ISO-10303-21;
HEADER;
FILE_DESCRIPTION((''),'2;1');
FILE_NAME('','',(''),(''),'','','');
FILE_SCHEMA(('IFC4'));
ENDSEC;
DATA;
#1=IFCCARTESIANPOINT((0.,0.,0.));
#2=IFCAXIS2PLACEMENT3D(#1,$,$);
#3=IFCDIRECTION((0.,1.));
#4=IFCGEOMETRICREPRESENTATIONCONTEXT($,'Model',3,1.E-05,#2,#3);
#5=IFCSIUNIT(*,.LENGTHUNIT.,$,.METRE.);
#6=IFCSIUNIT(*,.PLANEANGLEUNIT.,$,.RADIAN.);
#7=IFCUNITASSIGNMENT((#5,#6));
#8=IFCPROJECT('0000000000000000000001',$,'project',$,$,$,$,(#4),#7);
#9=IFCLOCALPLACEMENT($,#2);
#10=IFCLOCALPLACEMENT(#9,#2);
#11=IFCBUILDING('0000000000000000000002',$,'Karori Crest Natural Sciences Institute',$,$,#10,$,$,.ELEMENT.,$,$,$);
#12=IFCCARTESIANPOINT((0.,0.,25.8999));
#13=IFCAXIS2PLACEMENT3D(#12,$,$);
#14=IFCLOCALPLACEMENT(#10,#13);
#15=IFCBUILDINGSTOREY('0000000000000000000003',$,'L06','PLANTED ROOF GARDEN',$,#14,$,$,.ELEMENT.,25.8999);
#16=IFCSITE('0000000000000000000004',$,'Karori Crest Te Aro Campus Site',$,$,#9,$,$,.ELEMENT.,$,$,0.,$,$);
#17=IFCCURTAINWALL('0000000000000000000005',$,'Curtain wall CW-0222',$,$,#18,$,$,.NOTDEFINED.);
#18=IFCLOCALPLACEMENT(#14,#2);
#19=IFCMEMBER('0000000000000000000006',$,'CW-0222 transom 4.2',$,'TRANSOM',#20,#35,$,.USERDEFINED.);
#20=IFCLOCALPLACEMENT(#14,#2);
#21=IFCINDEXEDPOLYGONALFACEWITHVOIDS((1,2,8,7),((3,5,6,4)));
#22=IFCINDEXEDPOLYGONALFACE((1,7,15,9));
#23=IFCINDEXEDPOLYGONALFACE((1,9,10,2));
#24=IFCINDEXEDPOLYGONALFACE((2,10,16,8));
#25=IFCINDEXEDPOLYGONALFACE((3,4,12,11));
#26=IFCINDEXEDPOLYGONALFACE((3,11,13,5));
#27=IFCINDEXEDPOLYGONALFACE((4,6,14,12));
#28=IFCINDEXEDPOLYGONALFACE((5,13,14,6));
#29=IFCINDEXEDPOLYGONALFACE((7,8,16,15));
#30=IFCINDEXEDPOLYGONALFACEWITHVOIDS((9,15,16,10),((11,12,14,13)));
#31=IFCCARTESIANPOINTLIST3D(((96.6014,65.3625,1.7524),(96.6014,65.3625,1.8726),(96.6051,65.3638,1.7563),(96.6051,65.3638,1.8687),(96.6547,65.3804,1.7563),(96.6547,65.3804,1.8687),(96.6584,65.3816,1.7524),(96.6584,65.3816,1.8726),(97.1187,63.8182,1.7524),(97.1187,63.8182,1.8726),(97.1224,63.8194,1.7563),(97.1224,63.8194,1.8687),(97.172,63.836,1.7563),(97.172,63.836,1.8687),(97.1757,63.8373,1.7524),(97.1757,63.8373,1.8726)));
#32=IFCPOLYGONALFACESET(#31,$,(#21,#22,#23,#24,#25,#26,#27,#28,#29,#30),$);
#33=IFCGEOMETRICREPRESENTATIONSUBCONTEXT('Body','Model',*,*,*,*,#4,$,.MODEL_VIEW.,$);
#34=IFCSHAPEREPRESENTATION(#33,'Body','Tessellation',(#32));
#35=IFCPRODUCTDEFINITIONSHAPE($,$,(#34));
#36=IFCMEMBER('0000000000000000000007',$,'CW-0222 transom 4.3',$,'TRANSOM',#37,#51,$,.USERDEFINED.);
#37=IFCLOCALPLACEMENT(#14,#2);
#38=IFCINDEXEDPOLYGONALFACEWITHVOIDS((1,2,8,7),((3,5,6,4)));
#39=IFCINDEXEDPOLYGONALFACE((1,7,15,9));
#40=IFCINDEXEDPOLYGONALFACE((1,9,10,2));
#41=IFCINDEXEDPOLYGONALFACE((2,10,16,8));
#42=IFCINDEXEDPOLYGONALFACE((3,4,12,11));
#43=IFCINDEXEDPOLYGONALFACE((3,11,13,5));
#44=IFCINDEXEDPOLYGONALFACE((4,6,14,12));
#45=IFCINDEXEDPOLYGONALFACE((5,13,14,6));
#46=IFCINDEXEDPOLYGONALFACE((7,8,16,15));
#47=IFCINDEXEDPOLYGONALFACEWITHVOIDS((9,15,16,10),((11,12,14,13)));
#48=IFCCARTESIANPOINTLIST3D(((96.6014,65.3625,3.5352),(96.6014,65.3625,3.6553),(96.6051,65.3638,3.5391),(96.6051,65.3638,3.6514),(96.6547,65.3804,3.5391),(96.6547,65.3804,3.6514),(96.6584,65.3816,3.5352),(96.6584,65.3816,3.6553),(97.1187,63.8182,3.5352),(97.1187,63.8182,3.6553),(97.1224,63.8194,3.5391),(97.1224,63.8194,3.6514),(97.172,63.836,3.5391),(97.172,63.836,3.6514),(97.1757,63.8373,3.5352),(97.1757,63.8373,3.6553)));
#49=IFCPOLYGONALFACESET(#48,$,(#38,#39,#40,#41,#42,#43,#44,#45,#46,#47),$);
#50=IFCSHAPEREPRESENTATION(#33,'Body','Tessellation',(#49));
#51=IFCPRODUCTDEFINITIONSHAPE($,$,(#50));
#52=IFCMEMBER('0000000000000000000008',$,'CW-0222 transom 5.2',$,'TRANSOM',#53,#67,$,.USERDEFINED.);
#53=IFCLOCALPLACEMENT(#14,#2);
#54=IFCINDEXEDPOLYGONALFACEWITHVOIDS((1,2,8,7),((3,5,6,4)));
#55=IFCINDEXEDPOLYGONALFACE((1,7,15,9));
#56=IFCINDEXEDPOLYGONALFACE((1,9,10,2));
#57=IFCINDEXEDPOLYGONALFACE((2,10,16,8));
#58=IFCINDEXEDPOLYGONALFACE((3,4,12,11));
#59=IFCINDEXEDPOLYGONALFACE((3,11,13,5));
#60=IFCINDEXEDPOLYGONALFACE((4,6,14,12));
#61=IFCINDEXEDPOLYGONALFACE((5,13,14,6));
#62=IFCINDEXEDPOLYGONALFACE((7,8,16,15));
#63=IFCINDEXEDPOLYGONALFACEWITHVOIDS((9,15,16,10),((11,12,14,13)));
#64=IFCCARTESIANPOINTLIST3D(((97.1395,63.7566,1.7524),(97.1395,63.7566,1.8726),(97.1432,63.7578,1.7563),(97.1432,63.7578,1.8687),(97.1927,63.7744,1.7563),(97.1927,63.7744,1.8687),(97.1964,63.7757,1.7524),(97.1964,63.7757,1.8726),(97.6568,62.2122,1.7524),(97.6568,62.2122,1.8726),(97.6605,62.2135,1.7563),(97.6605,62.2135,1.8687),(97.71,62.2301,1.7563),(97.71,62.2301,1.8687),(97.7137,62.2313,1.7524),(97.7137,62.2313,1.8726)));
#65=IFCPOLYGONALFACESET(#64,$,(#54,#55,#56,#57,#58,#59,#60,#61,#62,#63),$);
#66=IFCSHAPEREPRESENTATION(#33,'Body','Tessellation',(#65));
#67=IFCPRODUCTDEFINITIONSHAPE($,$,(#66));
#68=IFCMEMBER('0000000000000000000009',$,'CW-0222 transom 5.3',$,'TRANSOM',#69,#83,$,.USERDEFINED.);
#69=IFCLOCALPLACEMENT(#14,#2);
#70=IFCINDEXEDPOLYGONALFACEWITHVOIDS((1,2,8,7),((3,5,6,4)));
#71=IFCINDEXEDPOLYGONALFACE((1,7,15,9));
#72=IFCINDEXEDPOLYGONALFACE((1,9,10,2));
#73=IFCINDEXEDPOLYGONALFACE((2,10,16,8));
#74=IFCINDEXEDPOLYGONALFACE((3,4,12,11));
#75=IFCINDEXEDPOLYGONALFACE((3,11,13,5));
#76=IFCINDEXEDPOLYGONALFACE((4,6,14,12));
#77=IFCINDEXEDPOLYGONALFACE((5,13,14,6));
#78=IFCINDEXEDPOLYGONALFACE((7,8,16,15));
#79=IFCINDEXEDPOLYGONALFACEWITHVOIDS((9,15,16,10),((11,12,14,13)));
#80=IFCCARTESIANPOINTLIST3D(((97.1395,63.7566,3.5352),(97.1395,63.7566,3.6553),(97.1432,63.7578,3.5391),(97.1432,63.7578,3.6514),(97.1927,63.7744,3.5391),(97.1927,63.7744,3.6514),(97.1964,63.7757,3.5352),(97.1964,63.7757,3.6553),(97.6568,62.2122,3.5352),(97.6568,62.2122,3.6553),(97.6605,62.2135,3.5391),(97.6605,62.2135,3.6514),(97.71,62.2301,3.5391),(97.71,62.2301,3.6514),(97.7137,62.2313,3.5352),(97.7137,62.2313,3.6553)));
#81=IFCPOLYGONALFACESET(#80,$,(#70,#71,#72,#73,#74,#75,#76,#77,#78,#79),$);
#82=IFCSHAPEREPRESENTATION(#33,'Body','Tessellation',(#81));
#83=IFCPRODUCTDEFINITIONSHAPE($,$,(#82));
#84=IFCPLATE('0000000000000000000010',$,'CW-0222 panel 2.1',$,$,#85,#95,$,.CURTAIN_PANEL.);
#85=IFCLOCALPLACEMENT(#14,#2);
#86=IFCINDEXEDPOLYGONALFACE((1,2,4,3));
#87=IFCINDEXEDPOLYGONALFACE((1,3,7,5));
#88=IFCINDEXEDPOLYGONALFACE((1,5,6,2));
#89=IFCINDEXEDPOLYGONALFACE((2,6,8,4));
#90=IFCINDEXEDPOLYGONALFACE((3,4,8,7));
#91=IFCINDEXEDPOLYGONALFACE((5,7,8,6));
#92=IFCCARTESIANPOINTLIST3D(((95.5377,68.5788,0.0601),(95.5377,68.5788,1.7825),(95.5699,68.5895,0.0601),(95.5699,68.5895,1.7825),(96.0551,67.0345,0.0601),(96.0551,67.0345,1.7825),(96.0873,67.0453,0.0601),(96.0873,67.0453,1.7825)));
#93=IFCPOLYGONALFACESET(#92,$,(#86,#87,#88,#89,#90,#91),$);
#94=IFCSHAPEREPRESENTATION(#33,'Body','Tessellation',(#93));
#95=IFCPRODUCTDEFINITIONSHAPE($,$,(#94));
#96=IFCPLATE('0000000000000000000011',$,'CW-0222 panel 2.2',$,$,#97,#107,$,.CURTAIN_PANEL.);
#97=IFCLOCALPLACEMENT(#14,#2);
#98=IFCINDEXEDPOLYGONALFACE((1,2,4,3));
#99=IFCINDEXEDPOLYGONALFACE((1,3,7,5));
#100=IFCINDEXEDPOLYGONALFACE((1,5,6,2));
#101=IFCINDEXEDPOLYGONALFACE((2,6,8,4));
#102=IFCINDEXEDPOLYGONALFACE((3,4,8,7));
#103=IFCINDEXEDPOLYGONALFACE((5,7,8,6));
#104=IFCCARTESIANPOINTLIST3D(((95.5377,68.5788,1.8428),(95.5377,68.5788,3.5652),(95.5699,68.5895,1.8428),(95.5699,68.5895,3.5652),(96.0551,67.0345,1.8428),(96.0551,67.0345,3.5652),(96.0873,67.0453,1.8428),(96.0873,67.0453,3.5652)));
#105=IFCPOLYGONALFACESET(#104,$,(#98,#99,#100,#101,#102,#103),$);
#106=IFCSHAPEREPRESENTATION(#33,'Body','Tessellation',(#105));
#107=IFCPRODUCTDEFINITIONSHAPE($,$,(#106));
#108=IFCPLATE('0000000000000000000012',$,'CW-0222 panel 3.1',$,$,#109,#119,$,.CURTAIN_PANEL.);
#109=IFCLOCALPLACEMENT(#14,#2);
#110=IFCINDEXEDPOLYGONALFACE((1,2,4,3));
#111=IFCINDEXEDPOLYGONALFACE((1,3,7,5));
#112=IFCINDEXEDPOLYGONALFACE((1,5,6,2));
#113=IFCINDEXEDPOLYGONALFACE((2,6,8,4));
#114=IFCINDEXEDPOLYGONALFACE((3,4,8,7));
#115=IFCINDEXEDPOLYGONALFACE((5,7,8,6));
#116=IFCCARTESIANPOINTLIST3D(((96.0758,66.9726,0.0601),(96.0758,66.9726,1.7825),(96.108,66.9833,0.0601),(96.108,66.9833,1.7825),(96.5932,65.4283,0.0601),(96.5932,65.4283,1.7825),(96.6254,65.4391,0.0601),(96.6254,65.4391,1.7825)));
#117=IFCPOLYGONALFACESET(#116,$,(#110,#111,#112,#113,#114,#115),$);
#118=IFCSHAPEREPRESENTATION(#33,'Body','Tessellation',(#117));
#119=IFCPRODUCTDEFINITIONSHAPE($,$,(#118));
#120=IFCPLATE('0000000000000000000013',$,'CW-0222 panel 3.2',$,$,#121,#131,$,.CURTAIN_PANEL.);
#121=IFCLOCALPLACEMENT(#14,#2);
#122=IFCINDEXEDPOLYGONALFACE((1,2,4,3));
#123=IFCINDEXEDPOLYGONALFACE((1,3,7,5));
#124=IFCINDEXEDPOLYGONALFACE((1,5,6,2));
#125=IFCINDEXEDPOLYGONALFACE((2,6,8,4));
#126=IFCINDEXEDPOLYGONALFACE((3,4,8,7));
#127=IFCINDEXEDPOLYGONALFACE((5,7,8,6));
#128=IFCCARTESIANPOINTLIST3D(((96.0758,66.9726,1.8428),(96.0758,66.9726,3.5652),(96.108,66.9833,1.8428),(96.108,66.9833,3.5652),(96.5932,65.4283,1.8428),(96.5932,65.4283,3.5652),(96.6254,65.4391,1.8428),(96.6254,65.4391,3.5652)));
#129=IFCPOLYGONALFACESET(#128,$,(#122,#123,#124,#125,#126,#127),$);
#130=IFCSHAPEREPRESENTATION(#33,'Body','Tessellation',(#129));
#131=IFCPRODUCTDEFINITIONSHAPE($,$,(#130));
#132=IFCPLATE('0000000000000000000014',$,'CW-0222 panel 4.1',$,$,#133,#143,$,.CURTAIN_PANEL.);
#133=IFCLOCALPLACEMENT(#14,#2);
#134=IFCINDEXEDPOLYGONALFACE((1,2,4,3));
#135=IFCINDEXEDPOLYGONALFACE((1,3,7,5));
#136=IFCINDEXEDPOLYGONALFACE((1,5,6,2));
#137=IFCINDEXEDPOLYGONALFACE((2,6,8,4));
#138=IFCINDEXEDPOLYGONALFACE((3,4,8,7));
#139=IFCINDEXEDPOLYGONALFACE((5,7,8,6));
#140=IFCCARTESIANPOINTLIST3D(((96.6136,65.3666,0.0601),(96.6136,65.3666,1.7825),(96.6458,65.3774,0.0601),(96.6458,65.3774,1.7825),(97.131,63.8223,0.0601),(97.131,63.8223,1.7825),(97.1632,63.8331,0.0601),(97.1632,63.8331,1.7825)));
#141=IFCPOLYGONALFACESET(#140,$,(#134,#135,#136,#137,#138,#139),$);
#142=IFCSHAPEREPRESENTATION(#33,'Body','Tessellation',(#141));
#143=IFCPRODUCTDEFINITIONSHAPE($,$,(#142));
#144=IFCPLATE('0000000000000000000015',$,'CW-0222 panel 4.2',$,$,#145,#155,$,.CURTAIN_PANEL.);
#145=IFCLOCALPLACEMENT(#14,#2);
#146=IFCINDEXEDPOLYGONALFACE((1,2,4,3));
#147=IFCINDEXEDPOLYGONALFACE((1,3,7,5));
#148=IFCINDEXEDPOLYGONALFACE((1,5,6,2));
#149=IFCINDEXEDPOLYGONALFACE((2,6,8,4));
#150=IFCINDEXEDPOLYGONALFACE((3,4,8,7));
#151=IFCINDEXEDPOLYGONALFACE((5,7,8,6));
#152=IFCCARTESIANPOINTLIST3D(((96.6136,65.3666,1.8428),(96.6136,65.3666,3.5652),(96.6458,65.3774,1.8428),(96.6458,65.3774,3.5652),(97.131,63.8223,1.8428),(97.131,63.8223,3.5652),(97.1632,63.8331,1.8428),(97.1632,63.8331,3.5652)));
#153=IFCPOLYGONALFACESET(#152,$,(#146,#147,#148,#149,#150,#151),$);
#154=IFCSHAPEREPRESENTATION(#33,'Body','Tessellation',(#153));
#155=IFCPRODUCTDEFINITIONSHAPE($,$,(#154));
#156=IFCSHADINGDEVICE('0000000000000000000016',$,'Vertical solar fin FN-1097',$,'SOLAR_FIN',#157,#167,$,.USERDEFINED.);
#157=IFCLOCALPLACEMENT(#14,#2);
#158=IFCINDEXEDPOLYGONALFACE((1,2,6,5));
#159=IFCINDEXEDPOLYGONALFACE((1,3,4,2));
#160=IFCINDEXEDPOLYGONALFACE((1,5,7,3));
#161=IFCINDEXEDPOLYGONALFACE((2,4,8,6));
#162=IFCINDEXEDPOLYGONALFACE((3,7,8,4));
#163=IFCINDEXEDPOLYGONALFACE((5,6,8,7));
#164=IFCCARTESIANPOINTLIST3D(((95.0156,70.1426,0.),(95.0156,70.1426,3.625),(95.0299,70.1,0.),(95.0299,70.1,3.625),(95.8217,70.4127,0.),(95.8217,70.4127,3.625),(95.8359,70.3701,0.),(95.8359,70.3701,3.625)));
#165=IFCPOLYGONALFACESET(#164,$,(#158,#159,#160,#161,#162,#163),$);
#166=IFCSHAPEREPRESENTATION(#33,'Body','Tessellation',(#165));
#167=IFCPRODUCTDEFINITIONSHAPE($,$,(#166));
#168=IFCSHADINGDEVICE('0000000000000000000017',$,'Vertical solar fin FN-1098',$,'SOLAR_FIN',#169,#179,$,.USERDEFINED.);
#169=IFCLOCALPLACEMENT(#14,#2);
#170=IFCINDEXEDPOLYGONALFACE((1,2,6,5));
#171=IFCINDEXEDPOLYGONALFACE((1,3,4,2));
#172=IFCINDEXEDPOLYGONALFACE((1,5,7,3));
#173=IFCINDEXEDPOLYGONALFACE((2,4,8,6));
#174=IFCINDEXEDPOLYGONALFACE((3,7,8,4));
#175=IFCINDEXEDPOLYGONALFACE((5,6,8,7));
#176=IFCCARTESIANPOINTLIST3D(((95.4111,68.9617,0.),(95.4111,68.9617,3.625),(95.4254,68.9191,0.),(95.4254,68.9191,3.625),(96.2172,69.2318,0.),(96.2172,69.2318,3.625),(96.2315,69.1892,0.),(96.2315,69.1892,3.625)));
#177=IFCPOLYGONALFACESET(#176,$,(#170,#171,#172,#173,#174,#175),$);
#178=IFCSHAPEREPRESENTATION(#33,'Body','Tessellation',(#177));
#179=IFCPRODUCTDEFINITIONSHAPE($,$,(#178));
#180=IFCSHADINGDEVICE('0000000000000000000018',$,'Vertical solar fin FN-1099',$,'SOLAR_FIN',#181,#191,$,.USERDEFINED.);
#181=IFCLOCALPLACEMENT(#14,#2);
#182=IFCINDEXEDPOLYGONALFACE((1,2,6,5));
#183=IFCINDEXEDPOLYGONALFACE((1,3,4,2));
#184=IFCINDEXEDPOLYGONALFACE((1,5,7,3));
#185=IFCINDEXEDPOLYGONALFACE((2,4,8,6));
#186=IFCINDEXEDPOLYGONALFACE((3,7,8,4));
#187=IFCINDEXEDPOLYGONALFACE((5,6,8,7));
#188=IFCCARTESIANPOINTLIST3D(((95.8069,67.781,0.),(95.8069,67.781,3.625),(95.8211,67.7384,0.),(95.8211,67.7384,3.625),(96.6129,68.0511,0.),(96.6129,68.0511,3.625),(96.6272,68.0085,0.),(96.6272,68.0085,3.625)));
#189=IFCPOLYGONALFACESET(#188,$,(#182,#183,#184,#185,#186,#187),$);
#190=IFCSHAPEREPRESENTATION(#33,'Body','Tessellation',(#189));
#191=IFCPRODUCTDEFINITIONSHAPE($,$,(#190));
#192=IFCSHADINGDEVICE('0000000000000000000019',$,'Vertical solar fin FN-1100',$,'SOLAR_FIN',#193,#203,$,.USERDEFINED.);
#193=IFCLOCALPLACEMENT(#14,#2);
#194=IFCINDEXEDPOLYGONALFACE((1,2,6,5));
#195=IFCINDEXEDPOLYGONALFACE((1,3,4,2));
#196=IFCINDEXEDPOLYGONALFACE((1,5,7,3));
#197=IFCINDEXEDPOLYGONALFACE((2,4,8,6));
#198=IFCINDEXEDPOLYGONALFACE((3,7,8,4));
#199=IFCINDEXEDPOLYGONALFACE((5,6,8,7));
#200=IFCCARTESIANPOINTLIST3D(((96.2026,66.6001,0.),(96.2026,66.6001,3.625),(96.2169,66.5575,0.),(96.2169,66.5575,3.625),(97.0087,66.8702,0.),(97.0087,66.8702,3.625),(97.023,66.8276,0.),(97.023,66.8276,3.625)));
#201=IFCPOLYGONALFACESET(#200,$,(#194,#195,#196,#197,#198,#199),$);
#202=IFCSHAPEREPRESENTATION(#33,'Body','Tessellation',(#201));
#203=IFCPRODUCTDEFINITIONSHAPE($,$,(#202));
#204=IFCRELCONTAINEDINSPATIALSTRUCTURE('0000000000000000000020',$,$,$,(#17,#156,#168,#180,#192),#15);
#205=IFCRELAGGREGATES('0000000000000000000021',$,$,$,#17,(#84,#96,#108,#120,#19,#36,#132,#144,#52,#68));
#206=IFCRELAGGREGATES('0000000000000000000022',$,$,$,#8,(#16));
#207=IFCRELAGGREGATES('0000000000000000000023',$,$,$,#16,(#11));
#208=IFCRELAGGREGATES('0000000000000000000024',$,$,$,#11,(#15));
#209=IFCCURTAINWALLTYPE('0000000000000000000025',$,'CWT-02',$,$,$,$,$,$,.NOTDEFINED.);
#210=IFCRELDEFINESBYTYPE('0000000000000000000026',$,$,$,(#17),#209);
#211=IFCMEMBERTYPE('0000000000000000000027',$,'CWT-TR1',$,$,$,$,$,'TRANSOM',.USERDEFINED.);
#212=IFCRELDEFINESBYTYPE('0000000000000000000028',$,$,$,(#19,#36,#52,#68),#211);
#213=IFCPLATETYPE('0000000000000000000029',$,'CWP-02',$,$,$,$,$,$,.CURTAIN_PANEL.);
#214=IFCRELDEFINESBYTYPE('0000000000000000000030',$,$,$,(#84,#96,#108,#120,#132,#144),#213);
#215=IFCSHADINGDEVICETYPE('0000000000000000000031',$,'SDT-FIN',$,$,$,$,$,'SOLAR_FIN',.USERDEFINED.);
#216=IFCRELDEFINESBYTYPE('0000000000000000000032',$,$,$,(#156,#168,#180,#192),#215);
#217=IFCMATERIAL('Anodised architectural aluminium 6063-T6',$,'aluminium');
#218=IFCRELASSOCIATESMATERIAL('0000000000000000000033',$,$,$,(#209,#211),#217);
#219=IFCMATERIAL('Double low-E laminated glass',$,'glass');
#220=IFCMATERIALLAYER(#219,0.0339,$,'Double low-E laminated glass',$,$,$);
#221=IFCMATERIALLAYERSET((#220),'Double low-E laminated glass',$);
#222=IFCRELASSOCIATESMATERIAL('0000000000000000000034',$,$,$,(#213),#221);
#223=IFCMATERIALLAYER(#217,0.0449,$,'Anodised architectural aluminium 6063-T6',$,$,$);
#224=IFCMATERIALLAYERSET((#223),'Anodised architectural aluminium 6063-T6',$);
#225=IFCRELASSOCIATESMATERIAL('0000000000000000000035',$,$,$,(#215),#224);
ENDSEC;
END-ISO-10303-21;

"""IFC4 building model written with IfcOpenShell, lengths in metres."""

from ifc_helpers import new_model, si_unit, direction, frame, origin, origin_2d, place, context, subcontext, project, spatial, rectangle, hollow_rectangle, extrude, material, layer, layer_set, material_profile, profile_set, type_object, element, aggregate, save


model = new_model("IFC4")

# Units and contexts
model_context = context("Model", 3, precision=1e-05, world=origin(), true_north=direction((0.0, 1.0)))
body_context = subcontext(model_context, "Body", "Model", "MODEL_VIEW")
ifc_project = project(units=[si_unit("LENGTHUNIT", "METRE"), si_unit("PLANEANGLEUNIT", "RADIAN")], contexts=[model_context])

# Site, building, storey
site_placement = place(None, origin())
site = spatial("IfcSite", under=ifc_project, at=site_placement, Name="Karori Crest Te Aro Campus Site", CompositionType="ELEMENT", RefElevation=0.0)
building_placement = place(site_placement, origin())
building = spatial("IfcBuilding", under=site, at=building_placement, Name="Karori Crest Natural Sciences Institute", CompositionType="ELEMENT")
storey_placement = place(building_placement, frame((0.0, 0.0, 25.8999)))
storey = spatial("IfcBuildingStorey", under=building, at=storey_placement, Name="L06", Description="PLANTED ROOF GARDEN", CompositionType="ELEMENT", Elevation=25.8999)

# Curtain wall, members, plates
ifc_material_1 = material(Name="Anodised architectural aluminium 6063-T6", Category="aluminium")
curtain_wall_type = type_object("IfcCurtainWallType", Name="CWT-02", PredefinedType="NOTDEFINED", material=ifc_material_1)
curtain_wall_placement = place(storey_placement, origin())
curtain_wall = element("IfcCurtainWall", 1, at=curtain_wall_placement, inside=storey, type_object=curtain_wall_type, Name="Curtain wall CW-0222", PredefinedType="NOTDEFINED")
ifc_material_profile_1 = material_profile(ifc_material_1, hollow_rectangle(XDim=0.0601, YDim=0.1201, WallThickness=0.0039, at=origin_2d()), Name="CWT120x60x4")
ifc_profile_set_1 = profile_set([ifc_material_profile_1], Name="Anodised architectural aluminium 6063-T6")
member_type_1 = type_object("IfcMemberType", Name="CWT-TR1", ElementType="TRANSOM", PredefinedType="USERDEFINED", material=ifc_profile_set_1)
member_1_placement = place(storey_placement, frame((96.6299, 65.3721, 1.8125), z_axis=(0.317621, -0.948218, 0.0), x_axis=(0.948218, 0.317621, 0.0)))
member_1 = element("IfcMember", 2, at=member_1_placement, type_object=member_type_1, Name="CW-0222 transom 4.2", ObjectType="TRANSOM", PredefinedType="USERDEFINED", context=body_context, shape_type="SweptSolid", body=[
    extrude(hollow_rectangle(XDim=0.0601, YDim=0.1201, WallThickness=0.0039, at=origin_2d()), origin(), (0.0, 0.0, 1.0), 1.6287),
])
member_2_placement = place(storey_placement, frame((96.6299, 65.3721, 3.5952), z_axis=(0.317621, -0.948218, 0.0), x_axis=(0.948218, 0.317621, 0.0)))
member_2 = element("IfcMember", 3, at=member_2_placement, type_object=member_type_1, Name="CW-0222 transom 4.3", ObjectType="TRANSOM", PredefinedType="USERDEFINED", context=body_context, shape_type="SweptSolid", body=[
    extrude(hollow_rectangle(XDim=0.0601, YDim=0.1201, WallThickness=0.0039, at=origin_2d()), origin(), (0.0, 0.0, 1.0), 1.6287),
])
member_3_placement = place(storey_placement, frame((97.168, 63.7661, 1.8125), z_axis=(0.317621, -0.948218, 0.0), x_axis=(0.948218, 0.317621, 0.0)))
member_3 = element("IfcMember", 4, at=member_3_placement, type_object=member_type_1, Name="CW-0222 transom 5.2", ObjectType="TRANSOM", PredefinedType="USERDEFINED", context=body_context, shape_type="SweptSolid", body=[
    extrude(hollow_rectangle(XDim=0.0601, YDim=0.1201, WallThickness=0.0039, at=origin_2d()), origin(), (0.0, 0.0, 1.0), 1.6287),
])
member_4_placement = place(storey_placement, frame((97.168, 63.7661, 3.5952), z_axis=(0.317621, -0.948218, 0.0), x_axis=(0.948218, 0.317621, 0.0)))
member_4 = element("IfcMember", 5, at=member_4_placement, type_object=member_type_1, Name="CW-0222 transom 5.3", ObjectType="TRANSOM", PredefinedType="USERDEFINED", context=body_context, shape_type="SweptSolid", body=[
    extrude(hollow_rectangle(XDim=0.0601, YDim=0.1201, WallThickness=0.0039, at=origin_2d()), origin(), (0.0, 0.0, 1.0), 1.6287),
])
ifc_material_2 = material(Name="Double low-E laminated glass", Category="glass")
ifc_layer_1 = layer(ifc_material_2, 0.0339, Name="Double low-E laminated glass")
ifc_layer_set_1 = layer_set([ifc_layer_1], Name="Double low-E laminated glass")
plate_type = type_object("IfcPlateType", Name="CWP-02", PredefinedType="CURTAIN_PANEL", material=ifc_layer_set_1)
plate_1_placement = place(storey_placement, frame((95.8125, 67.812, 0.0601), z_axis=(0.0, 0.0, 1.0), x_axis=(0.31768, -0.948198, 0.0)))
plate_1 = element("IfcPlate", 6, at=plate_1_placement, type_object=plate_type, Name="CW-0222 panel 2.1", PredefinedType="CURTAIN_PANEL", context=body_context, shape_type="SweptSolid", body=[
    extrude(rectangle(XDim=1.6287, YDim=0.0339, at=origin_2d()), origin(), (0.0, 0.0, 1.0), 1.7224),
])
plate_2_placement = place(storey_placement, frame((95.8125, 67.812, 1.8428), z_axis=(0.0, 0.0, 1.0), x_axis=(0.31768, -0.948198, 0.0)))
plate_2 = element("IfcPlate", 7, at=plate_2_placement, type_object=plate_type, Name="CW-0222 panel 2.2", PredefinedType="CURTAIN_PANEL", context=body_context, shape_type="SweptSolid", body=[
    extrude(rectangle(XDim=1.6287, YDim=0.0339, at=origin_2d()), origin(), (0.0, 0.0, 1.0), 1.7224),
])
plate_3_placement = place(storey_placement, frame((96.3506, 66.2058, 0.0601), z_axis=(0.0, 0.0, 1.0), x_axis=(0.31768, -0.948198, 0.0)))
plate_3 = element("IfcPlate", 8, at=plate_3_placement, type_object=plate_type, Name="CW-0222 panel 3.1", PredefinedType="CURTAIN_PANEL", context=body_context, shape_type="SweptSolid", body=[
    extrude(rectangle(XDim=1.6287, YDim=0.0339, at=origin_2d()), origin(), (0.0, 0.0, 1.0), 1.7224),
])
plate_4_placement = place(storey_placement, frame((96.3506, 66.2058, 1.8428), z_axis=(0.0, 0.0, 1.0), x_axis=(0.31768, -0.948198, 0.0)))
plate_4 = element("IfcPlate", 9, at=plate_4_placement, type_object=plate_type, Name="CW-0222 panel 3.2", PredefinedType="CURTAIN_PANEL", context=body_context, shape_type="SweptSolid", body=[
    extrude(rectangle(XDim=1.6287, YDim=0.0339, at=origin_2d()), origin(), (0.0, 0.0, 1.0), 1.7224),
])
plate_5_placement = place(storey_placement, frame((96.8884, 64.5999, 0.0601), z_axis=(0.0, 0.0, 1.0), x_axis=(0.31768, -0.948198, 0.0)))
plate_5 = element("IfcPlate", 10, at=plate_5_placement, type_object=plate_type, Name="CW-0222 panel 4.1", PredefinedType="CURTAIN_PANEL", context=body_context, shape_type="SweptSolid", body=[
    extrude(rectangle(XDim=1.6287, YDim=0.0339, at=origin_2d()), origin(), (0.0, 0.0, 1.0), 1.7224),
])
plate_6_placement = place(storey_placement, frame((96.8884, 64.5999, 1.8428), z_axis=(0.0, 0.0, 1.0), x_axis=(0.31768, -0.948198, 0.0)))
plate_6 = element("IfcPlate", 11, at=plate_6_placement, type_object=plate_type, Name="CW-0222 panel 4.2", PredefinedType="CURTAIN_PANEL", context=body_context, shape_type="SweptSolid", body=[
    extrude(rectangle(XDim=1.6287, YDim=0.0339, at=origin_2d()), origin(), (0.0, 0.0, 1.0), 1.7224),
])
aggregate(curtain_wall, [plate_1, plate_2, plate_3, plate_4, member_1, member_2, plate_5, plate_6, member_3, member_4])

# Shading devices
ifc_layer_2 = layer(ifc_material_1, 0.0449, Name="Anodised architectural aluminium 6063-T6")
ifc_layer_set_2 = layer_set([ifc_layer_2], Name="Anodised architectural aluminium 6063-T6")
shading_device_type = type_object("IfcShadingDeviceType", Name="SDT-FIN", ElementType="SOLAR_FIN", PredefinedType="USERDEFINED", material=ifc_layer_set_2)
for number, where, z_axis, x_axis, name in (
    (12, (95.4258, 70.2563, 0.0), (0.0, 0.0, 1.0), (0.948198, 0.31768, 0.0), "Vertical solar fin FN-1097"),
    (13, (95.8213, 69.0754, 0.0), (0.0, 0.0, 1.0), (0.948198, 0.31768, 0.0), "Vertical solar fin FN-1098"),
    (14, (96.217, 67.8948, 0.0), (0.0, 0.0, 1.0), (0.948198, 0.31768, 0.0), "Vertical solar fin FN-1099"),
    (15, (96.6128, 66.7139, 0.0), (0.0, 0.0, 1.0), (0.948198, 0.31768, 0.0), "Vertical solar fin FN-1100"),
):
    element("IfcShadingDevice", number, at=place(storey_placement, frame(where, z_axis=z_axis, x_axis=x_axis)), inside=storey, type_object=shading_device_type, Name=name, ObjectType="SOLAR_FIN", PredefinedType="USERDEFINED", context=body_context, shape_type="SweptSolid", body=[
        extrude(rectangle(XDim=0.8501, YDim=0.0449, at=origin_2d()), origin(), (0.0, 0.0, 1.0), 3.625),
    ])

save(model, "model.ifc")
